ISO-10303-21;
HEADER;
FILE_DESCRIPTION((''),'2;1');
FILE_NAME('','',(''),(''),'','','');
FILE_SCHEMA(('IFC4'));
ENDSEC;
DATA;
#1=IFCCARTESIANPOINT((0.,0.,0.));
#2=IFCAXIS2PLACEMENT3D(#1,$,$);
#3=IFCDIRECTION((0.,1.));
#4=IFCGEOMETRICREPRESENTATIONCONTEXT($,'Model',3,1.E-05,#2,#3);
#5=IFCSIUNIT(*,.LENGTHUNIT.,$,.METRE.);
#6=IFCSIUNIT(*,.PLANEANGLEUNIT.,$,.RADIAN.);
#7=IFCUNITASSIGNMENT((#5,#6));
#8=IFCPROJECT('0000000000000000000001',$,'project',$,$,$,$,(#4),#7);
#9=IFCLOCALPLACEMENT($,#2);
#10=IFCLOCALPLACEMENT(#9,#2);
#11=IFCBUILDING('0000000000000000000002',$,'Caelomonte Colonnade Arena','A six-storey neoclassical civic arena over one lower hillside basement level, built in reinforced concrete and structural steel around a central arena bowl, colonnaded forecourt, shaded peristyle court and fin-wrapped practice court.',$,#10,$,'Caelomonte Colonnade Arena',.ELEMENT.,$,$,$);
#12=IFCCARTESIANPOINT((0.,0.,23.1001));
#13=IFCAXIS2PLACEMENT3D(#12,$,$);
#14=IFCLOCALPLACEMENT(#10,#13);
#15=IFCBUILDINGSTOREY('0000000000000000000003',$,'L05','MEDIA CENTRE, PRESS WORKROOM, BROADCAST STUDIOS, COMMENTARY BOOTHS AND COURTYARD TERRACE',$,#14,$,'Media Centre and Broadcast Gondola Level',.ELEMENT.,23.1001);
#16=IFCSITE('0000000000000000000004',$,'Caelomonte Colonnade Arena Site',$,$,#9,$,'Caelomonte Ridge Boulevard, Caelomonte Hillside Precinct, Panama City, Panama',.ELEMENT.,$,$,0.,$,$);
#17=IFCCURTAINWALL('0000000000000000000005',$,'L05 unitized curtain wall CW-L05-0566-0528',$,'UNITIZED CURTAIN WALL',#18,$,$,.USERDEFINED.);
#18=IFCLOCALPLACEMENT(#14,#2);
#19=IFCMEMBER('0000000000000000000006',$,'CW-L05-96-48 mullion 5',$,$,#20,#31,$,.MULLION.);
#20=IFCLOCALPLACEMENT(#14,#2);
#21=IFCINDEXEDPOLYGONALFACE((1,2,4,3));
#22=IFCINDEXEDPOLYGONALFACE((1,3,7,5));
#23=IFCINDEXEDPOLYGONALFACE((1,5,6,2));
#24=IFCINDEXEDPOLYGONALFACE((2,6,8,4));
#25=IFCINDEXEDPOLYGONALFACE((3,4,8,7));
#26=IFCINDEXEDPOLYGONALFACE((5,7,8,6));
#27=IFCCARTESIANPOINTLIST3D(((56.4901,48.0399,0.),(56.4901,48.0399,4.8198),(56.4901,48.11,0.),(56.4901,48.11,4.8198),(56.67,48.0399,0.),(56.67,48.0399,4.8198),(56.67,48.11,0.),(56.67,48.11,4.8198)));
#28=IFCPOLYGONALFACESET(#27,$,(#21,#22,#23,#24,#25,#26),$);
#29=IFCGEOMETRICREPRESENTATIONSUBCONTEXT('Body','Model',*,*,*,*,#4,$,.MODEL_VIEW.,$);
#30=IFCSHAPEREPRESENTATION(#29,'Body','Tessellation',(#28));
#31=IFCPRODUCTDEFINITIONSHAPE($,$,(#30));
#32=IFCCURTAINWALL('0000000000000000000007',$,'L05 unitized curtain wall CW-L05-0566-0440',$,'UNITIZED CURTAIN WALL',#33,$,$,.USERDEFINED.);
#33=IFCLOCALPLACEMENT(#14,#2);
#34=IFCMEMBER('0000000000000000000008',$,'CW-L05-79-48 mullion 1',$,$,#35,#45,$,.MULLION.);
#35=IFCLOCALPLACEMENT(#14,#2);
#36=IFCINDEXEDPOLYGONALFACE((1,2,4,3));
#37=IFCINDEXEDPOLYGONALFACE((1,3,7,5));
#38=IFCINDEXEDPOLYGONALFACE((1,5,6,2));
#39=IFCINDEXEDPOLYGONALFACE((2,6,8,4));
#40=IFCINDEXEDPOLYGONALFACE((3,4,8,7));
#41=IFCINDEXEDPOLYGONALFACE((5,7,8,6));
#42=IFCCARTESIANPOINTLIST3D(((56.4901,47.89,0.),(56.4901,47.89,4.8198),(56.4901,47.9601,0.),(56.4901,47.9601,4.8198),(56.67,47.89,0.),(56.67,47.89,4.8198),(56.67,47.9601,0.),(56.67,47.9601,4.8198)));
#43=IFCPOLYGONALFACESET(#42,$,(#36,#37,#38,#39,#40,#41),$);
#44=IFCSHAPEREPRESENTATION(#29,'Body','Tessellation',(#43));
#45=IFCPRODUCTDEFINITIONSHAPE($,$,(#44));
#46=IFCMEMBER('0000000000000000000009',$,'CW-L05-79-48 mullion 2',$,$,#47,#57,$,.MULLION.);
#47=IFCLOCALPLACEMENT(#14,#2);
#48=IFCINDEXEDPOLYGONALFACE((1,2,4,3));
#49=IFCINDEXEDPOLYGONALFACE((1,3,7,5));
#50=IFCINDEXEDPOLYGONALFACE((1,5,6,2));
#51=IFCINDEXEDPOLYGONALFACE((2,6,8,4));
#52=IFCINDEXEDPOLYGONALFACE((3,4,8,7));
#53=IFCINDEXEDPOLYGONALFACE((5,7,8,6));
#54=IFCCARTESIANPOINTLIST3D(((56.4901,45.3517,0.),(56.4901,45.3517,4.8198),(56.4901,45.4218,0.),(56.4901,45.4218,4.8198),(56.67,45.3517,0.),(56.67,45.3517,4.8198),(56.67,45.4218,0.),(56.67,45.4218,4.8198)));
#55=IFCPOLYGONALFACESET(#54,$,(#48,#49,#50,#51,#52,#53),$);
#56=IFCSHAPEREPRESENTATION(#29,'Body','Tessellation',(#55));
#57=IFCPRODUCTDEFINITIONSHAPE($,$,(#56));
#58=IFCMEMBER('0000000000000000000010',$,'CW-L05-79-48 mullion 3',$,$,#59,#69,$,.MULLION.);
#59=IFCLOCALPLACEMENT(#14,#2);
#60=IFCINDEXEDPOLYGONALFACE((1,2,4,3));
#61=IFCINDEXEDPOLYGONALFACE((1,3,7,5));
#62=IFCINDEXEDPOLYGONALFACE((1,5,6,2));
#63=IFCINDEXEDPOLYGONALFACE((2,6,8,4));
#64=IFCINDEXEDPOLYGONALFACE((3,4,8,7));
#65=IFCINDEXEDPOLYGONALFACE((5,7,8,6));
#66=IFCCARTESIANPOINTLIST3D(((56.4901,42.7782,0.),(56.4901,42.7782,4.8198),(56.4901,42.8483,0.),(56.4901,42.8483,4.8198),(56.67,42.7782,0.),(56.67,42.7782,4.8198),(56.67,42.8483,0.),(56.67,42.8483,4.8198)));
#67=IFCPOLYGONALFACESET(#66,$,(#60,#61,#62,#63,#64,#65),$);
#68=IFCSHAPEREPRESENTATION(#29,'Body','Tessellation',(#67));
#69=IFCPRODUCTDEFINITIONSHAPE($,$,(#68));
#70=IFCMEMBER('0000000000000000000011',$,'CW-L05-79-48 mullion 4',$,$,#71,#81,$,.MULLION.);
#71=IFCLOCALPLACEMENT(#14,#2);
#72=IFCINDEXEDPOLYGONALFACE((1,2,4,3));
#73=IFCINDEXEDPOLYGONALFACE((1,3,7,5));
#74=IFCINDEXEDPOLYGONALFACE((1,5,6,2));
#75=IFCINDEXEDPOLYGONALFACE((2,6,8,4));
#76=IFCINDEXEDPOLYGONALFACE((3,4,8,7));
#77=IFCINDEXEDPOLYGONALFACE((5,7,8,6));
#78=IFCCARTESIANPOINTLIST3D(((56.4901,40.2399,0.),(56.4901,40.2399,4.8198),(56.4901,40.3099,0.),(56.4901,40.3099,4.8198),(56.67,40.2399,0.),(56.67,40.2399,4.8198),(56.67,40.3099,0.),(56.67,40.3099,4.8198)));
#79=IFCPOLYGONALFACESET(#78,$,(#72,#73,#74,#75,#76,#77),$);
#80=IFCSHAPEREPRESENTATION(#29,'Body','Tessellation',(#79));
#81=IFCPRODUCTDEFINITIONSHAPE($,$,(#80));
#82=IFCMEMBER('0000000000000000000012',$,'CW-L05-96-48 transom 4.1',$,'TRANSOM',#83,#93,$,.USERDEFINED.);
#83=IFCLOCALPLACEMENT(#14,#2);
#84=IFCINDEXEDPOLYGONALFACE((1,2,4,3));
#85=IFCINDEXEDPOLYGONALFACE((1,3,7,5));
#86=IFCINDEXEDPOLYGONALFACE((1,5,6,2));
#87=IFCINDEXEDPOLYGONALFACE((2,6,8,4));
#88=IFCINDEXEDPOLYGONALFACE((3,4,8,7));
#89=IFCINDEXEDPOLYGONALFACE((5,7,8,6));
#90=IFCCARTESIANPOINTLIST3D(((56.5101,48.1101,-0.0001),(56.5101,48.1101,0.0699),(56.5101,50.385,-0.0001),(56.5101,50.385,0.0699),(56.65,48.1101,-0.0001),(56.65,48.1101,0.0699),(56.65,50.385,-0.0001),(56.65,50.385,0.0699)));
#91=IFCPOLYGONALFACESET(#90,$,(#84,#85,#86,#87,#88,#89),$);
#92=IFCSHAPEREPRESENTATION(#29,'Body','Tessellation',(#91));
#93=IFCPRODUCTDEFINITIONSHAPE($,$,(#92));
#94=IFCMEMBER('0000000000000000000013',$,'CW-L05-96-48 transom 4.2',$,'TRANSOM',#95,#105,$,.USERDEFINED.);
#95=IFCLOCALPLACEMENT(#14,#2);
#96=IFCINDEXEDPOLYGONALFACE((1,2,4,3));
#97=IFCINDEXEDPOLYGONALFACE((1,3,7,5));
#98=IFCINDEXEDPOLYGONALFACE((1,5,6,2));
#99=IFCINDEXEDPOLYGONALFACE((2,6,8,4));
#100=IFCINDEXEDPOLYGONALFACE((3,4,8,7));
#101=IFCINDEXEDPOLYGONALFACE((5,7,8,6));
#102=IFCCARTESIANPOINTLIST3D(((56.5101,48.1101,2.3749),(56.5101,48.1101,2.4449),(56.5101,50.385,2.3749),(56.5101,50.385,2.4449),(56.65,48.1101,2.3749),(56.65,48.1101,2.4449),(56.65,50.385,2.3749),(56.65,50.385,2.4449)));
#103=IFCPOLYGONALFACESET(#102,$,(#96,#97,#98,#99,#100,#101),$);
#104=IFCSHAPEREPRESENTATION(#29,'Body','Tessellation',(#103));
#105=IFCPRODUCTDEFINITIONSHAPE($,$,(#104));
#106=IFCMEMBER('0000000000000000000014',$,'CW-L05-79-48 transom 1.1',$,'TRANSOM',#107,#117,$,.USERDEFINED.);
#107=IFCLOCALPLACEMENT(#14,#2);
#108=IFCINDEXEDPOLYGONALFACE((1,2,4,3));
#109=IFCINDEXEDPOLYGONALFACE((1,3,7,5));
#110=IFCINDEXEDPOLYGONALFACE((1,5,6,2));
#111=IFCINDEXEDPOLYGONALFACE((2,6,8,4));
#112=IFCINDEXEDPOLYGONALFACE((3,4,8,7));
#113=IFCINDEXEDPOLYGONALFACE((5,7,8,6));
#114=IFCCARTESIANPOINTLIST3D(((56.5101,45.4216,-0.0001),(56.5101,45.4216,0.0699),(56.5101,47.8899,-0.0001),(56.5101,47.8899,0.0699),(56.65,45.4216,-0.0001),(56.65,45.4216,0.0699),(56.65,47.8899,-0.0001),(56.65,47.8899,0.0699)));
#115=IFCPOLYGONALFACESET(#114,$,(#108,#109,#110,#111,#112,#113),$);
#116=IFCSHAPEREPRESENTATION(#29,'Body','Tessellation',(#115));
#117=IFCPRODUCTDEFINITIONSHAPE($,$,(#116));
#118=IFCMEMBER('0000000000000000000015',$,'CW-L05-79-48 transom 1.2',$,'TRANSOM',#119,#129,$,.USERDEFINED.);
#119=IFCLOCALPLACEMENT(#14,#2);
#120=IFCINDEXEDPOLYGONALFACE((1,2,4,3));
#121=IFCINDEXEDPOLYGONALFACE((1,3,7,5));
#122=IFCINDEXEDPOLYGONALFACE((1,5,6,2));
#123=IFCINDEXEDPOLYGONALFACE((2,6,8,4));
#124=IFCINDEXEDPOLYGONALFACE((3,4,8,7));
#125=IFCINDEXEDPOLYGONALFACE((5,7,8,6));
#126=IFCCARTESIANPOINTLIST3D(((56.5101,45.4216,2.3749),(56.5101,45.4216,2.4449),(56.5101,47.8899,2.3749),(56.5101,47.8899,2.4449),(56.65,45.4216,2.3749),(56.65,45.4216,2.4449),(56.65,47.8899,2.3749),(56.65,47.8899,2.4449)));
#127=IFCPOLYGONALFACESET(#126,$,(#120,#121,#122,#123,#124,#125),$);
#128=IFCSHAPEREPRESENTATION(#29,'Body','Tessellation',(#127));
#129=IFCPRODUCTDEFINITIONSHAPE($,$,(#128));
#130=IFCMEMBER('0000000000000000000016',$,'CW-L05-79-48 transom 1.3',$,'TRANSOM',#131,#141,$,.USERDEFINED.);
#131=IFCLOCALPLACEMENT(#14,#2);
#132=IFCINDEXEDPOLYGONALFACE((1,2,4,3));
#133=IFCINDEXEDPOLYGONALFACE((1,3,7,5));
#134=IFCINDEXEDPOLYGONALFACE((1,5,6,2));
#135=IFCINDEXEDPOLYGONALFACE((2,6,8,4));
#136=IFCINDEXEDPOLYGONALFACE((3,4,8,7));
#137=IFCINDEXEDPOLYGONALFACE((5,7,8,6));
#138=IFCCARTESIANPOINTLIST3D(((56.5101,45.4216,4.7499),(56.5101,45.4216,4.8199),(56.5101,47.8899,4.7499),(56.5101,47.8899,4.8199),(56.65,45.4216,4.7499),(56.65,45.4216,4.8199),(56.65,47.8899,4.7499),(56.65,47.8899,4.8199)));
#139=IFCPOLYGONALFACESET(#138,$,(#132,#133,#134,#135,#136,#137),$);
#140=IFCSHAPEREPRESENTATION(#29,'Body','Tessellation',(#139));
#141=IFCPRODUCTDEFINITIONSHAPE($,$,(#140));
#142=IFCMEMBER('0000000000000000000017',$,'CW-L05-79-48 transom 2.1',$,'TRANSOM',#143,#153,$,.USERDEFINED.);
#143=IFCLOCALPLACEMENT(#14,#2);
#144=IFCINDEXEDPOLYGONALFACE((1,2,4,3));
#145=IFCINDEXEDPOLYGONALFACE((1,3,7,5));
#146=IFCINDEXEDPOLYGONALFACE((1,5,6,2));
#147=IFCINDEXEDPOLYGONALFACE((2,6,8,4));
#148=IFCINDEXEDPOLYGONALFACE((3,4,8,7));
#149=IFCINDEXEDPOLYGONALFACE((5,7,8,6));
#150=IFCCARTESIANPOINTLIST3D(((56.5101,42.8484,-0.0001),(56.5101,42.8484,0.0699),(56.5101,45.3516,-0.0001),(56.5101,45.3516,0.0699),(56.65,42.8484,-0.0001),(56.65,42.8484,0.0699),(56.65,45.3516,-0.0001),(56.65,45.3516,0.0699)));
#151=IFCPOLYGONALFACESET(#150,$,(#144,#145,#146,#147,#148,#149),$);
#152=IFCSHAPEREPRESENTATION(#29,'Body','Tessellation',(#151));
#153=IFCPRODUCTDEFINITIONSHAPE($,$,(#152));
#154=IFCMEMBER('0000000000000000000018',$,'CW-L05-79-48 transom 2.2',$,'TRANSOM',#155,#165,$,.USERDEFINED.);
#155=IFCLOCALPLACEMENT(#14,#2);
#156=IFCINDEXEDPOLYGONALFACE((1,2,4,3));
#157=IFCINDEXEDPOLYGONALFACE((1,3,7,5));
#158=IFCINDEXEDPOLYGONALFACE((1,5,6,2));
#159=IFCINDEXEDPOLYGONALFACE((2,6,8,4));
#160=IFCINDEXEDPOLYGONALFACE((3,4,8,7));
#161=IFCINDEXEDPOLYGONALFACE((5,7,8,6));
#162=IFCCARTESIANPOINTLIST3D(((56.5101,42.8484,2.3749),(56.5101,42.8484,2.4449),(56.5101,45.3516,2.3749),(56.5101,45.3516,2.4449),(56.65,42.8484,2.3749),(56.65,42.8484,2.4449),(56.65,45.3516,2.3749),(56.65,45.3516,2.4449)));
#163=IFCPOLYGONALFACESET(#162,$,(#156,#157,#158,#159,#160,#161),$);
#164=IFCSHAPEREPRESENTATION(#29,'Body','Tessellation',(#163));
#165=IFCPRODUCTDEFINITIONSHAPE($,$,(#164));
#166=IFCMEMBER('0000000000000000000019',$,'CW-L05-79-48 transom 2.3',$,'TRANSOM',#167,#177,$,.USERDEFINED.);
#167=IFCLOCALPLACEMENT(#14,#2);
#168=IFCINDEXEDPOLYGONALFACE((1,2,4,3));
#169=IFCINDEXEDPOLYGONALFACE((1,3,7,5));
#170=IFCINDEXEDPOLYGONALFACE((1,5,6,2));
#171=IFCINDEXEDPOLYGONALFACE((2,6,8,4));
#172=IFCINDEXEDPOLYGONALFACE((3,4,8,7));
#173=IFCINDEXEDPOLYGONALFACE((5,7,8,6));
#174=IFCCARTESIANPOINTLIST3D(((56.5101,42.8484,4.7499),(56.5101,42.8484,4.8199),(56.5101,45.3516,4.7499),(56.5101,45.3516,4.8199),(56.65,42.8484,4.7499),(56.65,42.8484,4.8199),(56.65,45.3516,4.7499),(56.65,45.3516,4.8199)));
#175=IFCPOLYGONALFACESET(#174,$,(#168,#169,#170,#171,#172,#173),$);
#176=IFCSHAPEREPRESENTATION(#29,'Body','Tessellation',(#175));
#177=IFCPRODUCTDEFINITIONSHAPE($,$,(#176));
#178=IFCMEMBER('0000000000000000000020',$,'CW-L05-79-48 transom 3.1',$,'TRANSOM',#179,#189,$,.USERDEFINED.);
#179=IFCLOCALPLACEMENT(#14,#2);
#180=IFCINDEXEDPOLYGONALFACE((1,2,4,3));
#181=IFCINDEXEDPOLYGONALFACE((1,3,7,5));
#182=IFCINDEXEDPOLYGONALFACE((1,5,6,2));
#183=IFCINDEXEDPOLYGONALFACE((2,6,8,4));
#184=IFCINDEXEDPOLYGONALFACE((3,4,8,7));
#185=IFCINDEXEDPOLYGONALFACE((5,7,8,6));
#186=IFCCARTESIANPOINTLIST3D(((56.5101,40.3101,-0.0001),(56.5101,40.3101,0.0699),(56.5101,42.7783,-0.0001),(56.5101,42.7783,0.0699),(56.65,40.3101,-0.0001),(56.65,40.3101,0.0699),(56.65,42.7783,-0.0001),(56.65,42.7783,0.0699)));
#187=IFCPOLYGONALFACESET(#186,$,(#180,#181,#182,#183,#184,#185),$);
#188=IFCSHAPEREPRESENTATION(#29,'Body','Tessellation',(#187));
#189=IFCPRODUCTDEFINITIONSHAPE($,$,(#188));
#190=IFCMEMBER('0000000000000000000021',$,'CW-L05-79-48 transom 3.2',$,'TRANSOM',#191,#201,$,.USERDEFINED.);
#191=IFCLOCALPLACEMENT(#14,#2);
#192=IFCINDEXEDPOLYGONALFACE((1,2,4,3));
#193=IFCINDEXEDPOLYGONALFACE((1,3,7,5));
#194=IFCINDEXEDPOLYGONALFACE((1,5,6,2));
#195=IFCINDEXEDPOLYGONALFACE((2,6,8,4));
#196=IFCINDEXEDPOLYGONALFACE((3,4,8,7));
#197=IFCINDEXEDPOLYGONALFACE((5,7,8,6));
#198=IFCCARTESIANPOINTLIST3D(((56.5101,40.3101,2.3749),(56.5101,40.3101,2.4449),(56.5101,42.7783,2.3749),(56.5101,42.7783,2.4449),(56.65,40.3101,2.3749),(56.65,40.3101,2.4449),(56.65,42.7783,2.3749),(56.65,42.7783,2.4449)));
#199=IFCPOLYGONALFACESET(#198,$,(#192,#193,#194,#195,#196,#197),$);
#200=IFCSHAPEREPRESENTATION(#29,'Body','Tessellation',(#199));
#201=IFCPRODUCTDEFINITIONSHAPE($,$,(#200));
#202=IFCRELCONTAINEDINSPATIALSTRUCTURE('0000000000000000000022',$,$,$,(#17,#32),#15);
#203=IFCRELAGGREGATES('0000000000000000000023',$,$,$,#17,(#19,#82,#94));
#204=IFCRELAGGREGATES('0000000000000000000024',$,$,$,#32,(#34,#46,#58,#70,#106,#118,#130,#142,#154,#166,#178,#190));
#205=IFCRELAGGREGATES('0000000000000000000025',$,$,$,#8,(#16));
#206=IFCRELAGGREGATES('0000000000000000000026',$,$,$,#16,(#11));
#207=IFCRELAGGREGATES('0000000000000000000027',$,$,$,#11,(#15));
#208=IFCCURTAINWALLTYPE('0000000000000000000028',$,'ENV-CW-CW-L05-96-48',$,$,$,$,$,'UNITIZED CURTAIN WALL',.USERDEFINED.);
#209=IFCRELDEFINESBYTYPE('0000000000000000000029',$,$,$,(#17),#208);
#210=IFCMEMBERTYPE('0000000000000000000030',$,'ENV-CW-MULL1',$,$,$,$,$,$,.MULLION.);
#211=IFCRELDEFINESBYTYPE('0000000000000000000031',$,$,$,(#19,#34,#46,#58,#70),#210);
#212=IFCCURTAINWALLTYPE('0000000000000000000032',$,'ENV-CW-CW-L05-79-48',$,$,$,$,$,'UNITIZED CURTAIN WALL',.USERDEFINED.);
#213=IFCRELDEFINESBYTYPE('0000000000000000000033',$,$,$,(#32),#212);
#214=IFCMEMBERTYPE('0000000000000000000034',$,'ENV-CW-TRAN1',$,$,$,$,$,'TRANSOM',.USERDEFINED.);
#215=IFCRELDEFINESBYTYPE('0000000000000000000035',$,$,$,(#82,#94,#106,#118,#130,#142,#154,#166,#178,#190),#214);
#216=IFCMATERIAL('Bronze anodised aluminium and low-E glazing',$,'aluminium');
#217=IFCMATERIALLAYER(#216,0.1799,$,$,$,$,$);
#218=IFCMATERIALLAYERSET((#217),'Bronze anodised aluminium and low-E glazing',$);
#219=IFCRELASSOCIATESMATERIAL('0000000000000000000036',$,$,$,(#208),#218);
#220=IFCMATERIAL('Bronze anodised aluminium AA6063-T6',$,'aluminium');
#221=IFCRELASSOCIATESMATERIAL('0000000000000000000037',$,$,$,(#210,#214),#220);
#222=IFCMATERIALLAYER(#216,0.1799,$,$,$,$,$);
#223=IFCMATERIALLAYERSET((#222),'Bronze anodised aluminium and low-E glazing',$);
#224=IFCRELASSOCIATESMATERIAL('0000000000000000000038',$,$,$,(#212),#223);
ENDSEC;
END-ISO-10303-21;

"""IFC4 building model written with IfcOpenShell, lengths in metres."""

from ifc_helpers import new_model, si_unit, direction, frame, origin, origin_2d, place, context, subcontext, project, spatial, rectangle, extrude, material, layer, layer_set, material_profile, profile_set, type_object, element, aggregate, save


model = new_model("IFC4")

# Units and contexts
model_context = context("Model", 3, precision=1e-05, world=origin(), true_north=direction((0.0, 1.0)))
body_context = subcontext(model_context, "Body", "Model", "MODEL_VIEW")
ifc_project = project(units=[si_unit("LENGTHUNIT", "METRE"), si_unit("PLANEANGLEUNIT", "RADIAN")], contexts=[model_context])

# Site, building, storey
site_placement = place(None, origin())
site = spatial("IfcSite", under=ifc_project, at=site_placement, Name="Caelomonte Colonnade Arena Site", LongName="Caelomonte Ridge Boulevard, Caelomonte Hillside Precinct, Panama City, Panama", CompositionType="ELEMENT", RefElevation=0.0)
building_placement = place(site_placement, origin())
building = spatial("IfcBuilding", under=site, at=building_placement, Name="Caelomonte Colonnade Arena", Description="A six-storey neoclassical civic arena over one lower hillside basement level, built in reinforced concrete and structural steel around a central arena bowl, colonnaded forecourt, shaded peristyle court and fin-wrapped practice court.", LongName="Caelomonte Colonnade Arena", CompositionType="ELEMENT")
storey_placement = place(building_placement, frame((0.0, 0.0, 23.1001)))
storey = spatial("IfcBuildingStorey", under=building, at=storey_placement, Name="L05", Description="MEDIA CENTRE, PRESS WORKROOM, BROADCAST STUDIOS, COMMENTARY BOOTHS AND COURTYARD TERRACE", LongName="Media Centre and Broadcast Gondola Level", CompositionType="ELEMENT", Elevation=23.1001)

# Curtain wall, member
ifc_material_1 = material(Name="Bronze anodised aluminium and low-E glazing", Category="aluminium")
ifc_layer_1 = layer(ifc_material_1, 0.1799)
ifc_layer_set_1 = layer_set([ifc_layer_1], Name="Bronze anodised aluminium and low-E glazing")
curtain_wall_type_1 = type_object("IfcCurtainWallType", Name="ENV-CW-CW-L05-96-48", ElementType="UNITIZED CURTAIN WALL", PredefinedType="USERDEFINED", material=ifc_layer_set_1)
curtain_wall_1_placement = place(storey_placement, origin())
curtain_wall_1 = element("IfcCurtainWall", 1, at=curtain_wall_1_placement, inside=storey, type_object=curtain_wall_type_1, Name="L05 unitized curtain wall CW-L05-0566-0528", ObjectType="UNITIZED CURTAIN WALL", PredefinedType="USERDEFINED")
ifc_material_2 = material(Name="Bronze anodised aluminium AA6063-T6", Category="aluminium")
ifc_material_profile_1 = material_profile(ifc_material_2, rectangle(XDim=0.0701, YDim=0.1799, at=origin_2d()), Name="CWM-70X180")
ifc_profile_set_1 = profile_set([ifc_material_profile_1], Name="Bronze anodised aluminium AA6063-T6")
member_type_1 = type_object("IfcMemberType", Name="ENV-CW-MULL1", PredefinedType="MULLION", material=ifc_profile_set_1)
member_1_placement = place(storey_placement, frame((56.5801, 48.075, 0.0), z_axis=(0.0, 0.0, 1.0), x_axis=(0.0, -1.0, 0.0)))
member_1 = element("IfcMember", 2, at=member_1_placement, type_object=member_type_1, Name="CW-L05-96-48 mullion 5", PredefinedType="MULLION", context=body_context, shape_type="SweptSolid", body=[
    extrude(rectangle(XDim=0.0701, YDim=0.1799, at=origin_2d()), origin(), (0.0, 0.0, 1.0), 4.8198),
])

# Curtain wall, members
ifc_layer_2 = layer(ifc_material_1, 0.1799)
ifc_layer_set_2 = layer_set([ifc_layer_2], Name="Bronze anodised aluminium and low-E glazing")
curtain_wall_type_2 = type_object("IfcCurtainWallType", Name="ENV-CW-CW-L05-79-48", ElementType="UNITIZED CURTAIN WALL", PredefinedType="USERDEFINED", material=ifc_layer_set_2)
curtain_wall_2_placement = place(storey_placement, origin())
curtain_wall_2 = element("IfcCurtainWall", 3, at=curtain_wall_2_placement, inside=storey, type_object=curtain_wall_type_2, Name="L05 unitized curtain wall CW-L05-0566-0440", ObjectType="UNITIZED CURTAIN WALL", PredefinedType="USERDEFINED")
member_2_placement = place(storey_placement, frame((56.5801, 47.925, 0.0), z_axis=(0.0, 0.0, 1.0), x_axis=(0.0, -1.0, 0.0)))
member_2 = element("IfcMember", 4, at=member_2_placement, type_object=member_type_1, Name="CW-L05-79-48 mullion 1", PredefinedType="MULLION", context=body_context, shape_type="SweptSolid", body=[
    extrude(rectangle(XDim=0.0701, YDim=0.1799, at=origin_2d()), origin(), (0.0, 0.0, 1.0), 4.8198),
])
member_3_placement = place(storey_placement, frame((56.5801, 45.3867, 0.0), z_axis=(0.0, 0.0, 1.0), x_axis=(0.0, -1.0, 0.0)))
member_3 = element("IfcMember", 5, at=member_3_placement, type_object=member_type_1, Name="CW-L05-79-48 mullion 2", PredefinedType="MULLION", context=body_context, shape_type="SweptSolid", body=[
    extrude(rectangle(XDim=0.0701, YDim=0.1799, at=origin_2d()), origin(), (0.0, 0.0, 1.0), 4.8198),
])
member_4_placement = place(storey_placement, frame((56.5801, 42.8132, 0.0), z_axis=(0.0, 0.0, 1.0), x_axis=(0.0, -1.0, 0.0)))
member_4 = element("IfcMember", 6, at=member_4_placement, type_object=member_type_1, Name="CW-L05-79-48 mullion 3", PredefinedType="MULLION", context=body_context, shape_type="SweptSolid", body=[
    extrude(rectangle(XDim=0.0701, YDim=0.1799, at=origin_2d()), origin(), (0.0, 0.0, 1.0), 4.8198),
])
member_5_placement = place(storey_placement, frame((56.5801, 40.2749, 0.0), z_axis=(0.0, 0.0, 1.0), x_axis=(0.0, -1.0, 0.0)))
member_5 = element("IfcMember", 7, at=member_5_placement, type_object=member_type_1, Name="CW-L05-79-48 mullion 4", PredefinedType="MULLION", context=body_context, shape_type="SweptSolid", body=[
    extrude(rectangle(XDim=0.0701, YDim=0.1799, at=origin_2d()), origin(), (0.0, 0.0, 1.0), 4.8198),
])

# Members
ifc_material_profile_2 = material_profile(ifc_material_2, rectangle(XDim=0.0701, YDim=0.1399, at=origin_2d()), Name="CWT-70X140")
ifc_profile_set_2 = profile_set([ifc_material_profile_2], Name="Bronze anodised aluminium AA6063-T6")
member_type_2 = type_object("IfcMemberType", Name="ENV-CW-TRAN1", ElementType="TRANSOM", PredefinedType="USERDEFINED", material=ifc_profile_set_2)
member_6_placement = place(storey_placement, frame((56.5801, 50.385, 0.0349), z_axis=(0.0, -1.0, 0.0), x_axis=(0.0, 0.0, 1.0)))
member_6 = element("IfcMember", 8, at=member_6_placement, type_object=member_type_2, Name="CW-L05-96-48 transom 4.1", ObjectType="TRANSOM", PredefinedType="USERDEFINED", context=body_context, shape_type="SweptSolid", body=[
    extrude(rectangle(XDim=0.0701, YDim=0.1399, at=origin_2d()), origin(), (0.0, 0.0, 1.0), 2.2749),
])
member_7_placement = place(storey_placement, frame((56.5801, 50.385, 2.4099), z_axis=(0.0, -1.0, 0.0), x_axis=(0.0, 0.0, 1.0)))
member_7 = element("IfcMember", 9, at=member_7_placement, type_object=member_type_2, Name="CW-L05-96-48 transom 4.2", ObjectType="TRANSOM", PredefinedType="USERDEFINED", context=body_context, shape_type="SweptSolid", body=[
    extrude(rectangle(XDim=0.0701, YDim=0.1399, at=origin_2d()), origin(), (0.0, 0.0, 1.0), 2.2749),
])
member_8_placement = place(storey_placement, frame((56.5801, 47.8899, 0.0349), z_axis=(0.0, -1.0, 0.0), x_axis=(0.0, 0.0, 1.0)))
member_8 = element("IfcMember", 10, at=member_8_placement, type_object=member_type_2, Name="CW-L05-79-48 transom 1.1", ObjectType="TRANSOM", PredefinedType="USERDEFINED", context=body_context, shape_type="SweptSolid", body=[
    extrude(rectangle(XDim=0.0701, YDim=0.1399, at=origin_2d()), origin(), (0.0, 0.0, 1.0), 2.4683),
])
member_9_placement = place(storey_placement, frame((56.5801, 47.8899, 2.4099), z_axis=(0.0, -1.0, 0.0), x_axis=(0.0, 0.0, 1.0)))
member_9 = element("IfcMember", 11, at=member_9_placement, type_object=member_type_2, Name="CW-L05-79-48 transom 1.2", ObjectType="TRANSOM", PredefinedType="USERDEFINED", context=body_context, shape_type="SweptSolid", body=[
    extrude(rectangle(XDim=0.0701, YDim=0.1399, at=origin_2d()), origin(), (0.0, 0.0, 1.0), 2.4683),
])
member_10_placement = place(storey_placement, frame((56.5801, 47.8899, 4.7849), z_axis=(0.0, -1.0, 0.0), x_axis=(0.0, 0.0, 1.0)))
member_10 = element("IfcMember", 12, at=member_10_placement, type_object=member_type_2, Name="CW-L05-79-48 transom 1.3", ObjectType="TRANSOM", PredefinedType="USERDEFINED", context=body_context, shape_type="SweptSolid", body=[
    extrude(rectangle(XDim=0.0701, YDim=0.1399, at=origin_2d()), origin(), (0.0, 0.0, 1.0), 2.4683),
])
member_11_placement = place(storey_placement, frame((56.5801, 45.3516, 0.0349), z_axis=(0.0, -1.0, 0.0), x_axis=(0.0, 0.0, 1.0)))
member_11 = element("IfcMember", 13, at=member_11_placement, type_object=member_type_2, Name="CW-L05-79-48 transom 2.1", ObjectType="TRANSOM", PredefinedType="USERDEFINED", context=body_context, shape_type="SweptSolid", body=[
    extrude(rectangle(XDim=0.0701, YDim=0.1399, at=origin_2d()), origin(), (0.0, 0.0, 1.0), 2.5032),
])
member_12_placement = place(storey_placement, frame((56.5801, 45.3516, 2.4099), z_axis=(0.0, -1.0, 0.0), x_axis=(0.0, 0.0, 1.0)))
member_12 = element("IfcMember", 14, at=member_12_placement, type_object=member_type_2, Name="CW-L05-79-48 transom 2.2", ObjectType="TRANSOM", PredefinedType="USERDEFINED", context=body_context, shape_type="SweptSolid", body=[
    extrude(rectangle(XDim=0.0701, YDim=0.1399, at=origin_2d()), origin(), (0.0, 0.0, 1.0), 2.5032),
])
member_13_placement = place(storey_placement, frame((56.5801, 45.3516, 4.7849), z_axis=(0.0, -1.0, 0.0), x_axis=(0.0, 0.0, 1.0)))
member_13 = element("IfcMember", 15, at=member_13_placement, type_object=member_type_2, Name="CW-L05-79-48 transom 2.3", ObjectType="TRANSOM", PredefinedType="USERDEFINED", context=body_context, shape_type="SweptSolid", body=[
    extrude(rectangle(XDim=0.0701, YDim=0.1399, at=origin_2d()), origin(), (0.0, 0.0, 1.0), 2.5032),
])
member_14_placement = place(storey_placement, frame((56.5801, 42.7783, 0.0349), z_axis=(0.0, -1.0, 0.0), x_axis=(0.0, 0.0, 1.0)))
member_14 = element("IfcMember", 16, at=member_14_placement, type_object=member_type_2, Name="CW-L05-79-48 transom 3.1", ObjectType="TRANSOM", PredefinedType="USERDEFINED", context=body_context, shape_type="SweptSolid", body=[
    extrude(rectangle(XDim=0.0701, YDim=0.1399, at=origin_2d()), origin(), (0.0, 0.0, 1.0), 2.4683),
])
member_15_placement = place(storey_placement, frame((56.5801, 42.7783, 2.4099), z_axis=(0.0, -1.0, 0.0), x_axis=(0.0, 0.0, 1.0)))
member_15 = element("IfcMember", 17, at=member_15_placement, type_object=member_type_2, Name="CW-L05-79-48 transom 3.2", ObjectType="TRANSOM", PredefinedType="USERDEFINED", context=body_context, shape_type="SweptSolid", body=[
    extrude(rectangle(XDim=0.0701, YDim=0.1399, at=origin_2d()), origin(), (0.0, 0.0, 1.0), 2.4683),
])

aggregate(curtain_wall_1, [member_1, member_6, member_7])
aggregate(curtain_wall_2, [member_2, member_3, member_4, member_5, member_8, member_9, member_10, member_11, member_12, member_13, member_14, member_15])

save(model, "model.ifc")
